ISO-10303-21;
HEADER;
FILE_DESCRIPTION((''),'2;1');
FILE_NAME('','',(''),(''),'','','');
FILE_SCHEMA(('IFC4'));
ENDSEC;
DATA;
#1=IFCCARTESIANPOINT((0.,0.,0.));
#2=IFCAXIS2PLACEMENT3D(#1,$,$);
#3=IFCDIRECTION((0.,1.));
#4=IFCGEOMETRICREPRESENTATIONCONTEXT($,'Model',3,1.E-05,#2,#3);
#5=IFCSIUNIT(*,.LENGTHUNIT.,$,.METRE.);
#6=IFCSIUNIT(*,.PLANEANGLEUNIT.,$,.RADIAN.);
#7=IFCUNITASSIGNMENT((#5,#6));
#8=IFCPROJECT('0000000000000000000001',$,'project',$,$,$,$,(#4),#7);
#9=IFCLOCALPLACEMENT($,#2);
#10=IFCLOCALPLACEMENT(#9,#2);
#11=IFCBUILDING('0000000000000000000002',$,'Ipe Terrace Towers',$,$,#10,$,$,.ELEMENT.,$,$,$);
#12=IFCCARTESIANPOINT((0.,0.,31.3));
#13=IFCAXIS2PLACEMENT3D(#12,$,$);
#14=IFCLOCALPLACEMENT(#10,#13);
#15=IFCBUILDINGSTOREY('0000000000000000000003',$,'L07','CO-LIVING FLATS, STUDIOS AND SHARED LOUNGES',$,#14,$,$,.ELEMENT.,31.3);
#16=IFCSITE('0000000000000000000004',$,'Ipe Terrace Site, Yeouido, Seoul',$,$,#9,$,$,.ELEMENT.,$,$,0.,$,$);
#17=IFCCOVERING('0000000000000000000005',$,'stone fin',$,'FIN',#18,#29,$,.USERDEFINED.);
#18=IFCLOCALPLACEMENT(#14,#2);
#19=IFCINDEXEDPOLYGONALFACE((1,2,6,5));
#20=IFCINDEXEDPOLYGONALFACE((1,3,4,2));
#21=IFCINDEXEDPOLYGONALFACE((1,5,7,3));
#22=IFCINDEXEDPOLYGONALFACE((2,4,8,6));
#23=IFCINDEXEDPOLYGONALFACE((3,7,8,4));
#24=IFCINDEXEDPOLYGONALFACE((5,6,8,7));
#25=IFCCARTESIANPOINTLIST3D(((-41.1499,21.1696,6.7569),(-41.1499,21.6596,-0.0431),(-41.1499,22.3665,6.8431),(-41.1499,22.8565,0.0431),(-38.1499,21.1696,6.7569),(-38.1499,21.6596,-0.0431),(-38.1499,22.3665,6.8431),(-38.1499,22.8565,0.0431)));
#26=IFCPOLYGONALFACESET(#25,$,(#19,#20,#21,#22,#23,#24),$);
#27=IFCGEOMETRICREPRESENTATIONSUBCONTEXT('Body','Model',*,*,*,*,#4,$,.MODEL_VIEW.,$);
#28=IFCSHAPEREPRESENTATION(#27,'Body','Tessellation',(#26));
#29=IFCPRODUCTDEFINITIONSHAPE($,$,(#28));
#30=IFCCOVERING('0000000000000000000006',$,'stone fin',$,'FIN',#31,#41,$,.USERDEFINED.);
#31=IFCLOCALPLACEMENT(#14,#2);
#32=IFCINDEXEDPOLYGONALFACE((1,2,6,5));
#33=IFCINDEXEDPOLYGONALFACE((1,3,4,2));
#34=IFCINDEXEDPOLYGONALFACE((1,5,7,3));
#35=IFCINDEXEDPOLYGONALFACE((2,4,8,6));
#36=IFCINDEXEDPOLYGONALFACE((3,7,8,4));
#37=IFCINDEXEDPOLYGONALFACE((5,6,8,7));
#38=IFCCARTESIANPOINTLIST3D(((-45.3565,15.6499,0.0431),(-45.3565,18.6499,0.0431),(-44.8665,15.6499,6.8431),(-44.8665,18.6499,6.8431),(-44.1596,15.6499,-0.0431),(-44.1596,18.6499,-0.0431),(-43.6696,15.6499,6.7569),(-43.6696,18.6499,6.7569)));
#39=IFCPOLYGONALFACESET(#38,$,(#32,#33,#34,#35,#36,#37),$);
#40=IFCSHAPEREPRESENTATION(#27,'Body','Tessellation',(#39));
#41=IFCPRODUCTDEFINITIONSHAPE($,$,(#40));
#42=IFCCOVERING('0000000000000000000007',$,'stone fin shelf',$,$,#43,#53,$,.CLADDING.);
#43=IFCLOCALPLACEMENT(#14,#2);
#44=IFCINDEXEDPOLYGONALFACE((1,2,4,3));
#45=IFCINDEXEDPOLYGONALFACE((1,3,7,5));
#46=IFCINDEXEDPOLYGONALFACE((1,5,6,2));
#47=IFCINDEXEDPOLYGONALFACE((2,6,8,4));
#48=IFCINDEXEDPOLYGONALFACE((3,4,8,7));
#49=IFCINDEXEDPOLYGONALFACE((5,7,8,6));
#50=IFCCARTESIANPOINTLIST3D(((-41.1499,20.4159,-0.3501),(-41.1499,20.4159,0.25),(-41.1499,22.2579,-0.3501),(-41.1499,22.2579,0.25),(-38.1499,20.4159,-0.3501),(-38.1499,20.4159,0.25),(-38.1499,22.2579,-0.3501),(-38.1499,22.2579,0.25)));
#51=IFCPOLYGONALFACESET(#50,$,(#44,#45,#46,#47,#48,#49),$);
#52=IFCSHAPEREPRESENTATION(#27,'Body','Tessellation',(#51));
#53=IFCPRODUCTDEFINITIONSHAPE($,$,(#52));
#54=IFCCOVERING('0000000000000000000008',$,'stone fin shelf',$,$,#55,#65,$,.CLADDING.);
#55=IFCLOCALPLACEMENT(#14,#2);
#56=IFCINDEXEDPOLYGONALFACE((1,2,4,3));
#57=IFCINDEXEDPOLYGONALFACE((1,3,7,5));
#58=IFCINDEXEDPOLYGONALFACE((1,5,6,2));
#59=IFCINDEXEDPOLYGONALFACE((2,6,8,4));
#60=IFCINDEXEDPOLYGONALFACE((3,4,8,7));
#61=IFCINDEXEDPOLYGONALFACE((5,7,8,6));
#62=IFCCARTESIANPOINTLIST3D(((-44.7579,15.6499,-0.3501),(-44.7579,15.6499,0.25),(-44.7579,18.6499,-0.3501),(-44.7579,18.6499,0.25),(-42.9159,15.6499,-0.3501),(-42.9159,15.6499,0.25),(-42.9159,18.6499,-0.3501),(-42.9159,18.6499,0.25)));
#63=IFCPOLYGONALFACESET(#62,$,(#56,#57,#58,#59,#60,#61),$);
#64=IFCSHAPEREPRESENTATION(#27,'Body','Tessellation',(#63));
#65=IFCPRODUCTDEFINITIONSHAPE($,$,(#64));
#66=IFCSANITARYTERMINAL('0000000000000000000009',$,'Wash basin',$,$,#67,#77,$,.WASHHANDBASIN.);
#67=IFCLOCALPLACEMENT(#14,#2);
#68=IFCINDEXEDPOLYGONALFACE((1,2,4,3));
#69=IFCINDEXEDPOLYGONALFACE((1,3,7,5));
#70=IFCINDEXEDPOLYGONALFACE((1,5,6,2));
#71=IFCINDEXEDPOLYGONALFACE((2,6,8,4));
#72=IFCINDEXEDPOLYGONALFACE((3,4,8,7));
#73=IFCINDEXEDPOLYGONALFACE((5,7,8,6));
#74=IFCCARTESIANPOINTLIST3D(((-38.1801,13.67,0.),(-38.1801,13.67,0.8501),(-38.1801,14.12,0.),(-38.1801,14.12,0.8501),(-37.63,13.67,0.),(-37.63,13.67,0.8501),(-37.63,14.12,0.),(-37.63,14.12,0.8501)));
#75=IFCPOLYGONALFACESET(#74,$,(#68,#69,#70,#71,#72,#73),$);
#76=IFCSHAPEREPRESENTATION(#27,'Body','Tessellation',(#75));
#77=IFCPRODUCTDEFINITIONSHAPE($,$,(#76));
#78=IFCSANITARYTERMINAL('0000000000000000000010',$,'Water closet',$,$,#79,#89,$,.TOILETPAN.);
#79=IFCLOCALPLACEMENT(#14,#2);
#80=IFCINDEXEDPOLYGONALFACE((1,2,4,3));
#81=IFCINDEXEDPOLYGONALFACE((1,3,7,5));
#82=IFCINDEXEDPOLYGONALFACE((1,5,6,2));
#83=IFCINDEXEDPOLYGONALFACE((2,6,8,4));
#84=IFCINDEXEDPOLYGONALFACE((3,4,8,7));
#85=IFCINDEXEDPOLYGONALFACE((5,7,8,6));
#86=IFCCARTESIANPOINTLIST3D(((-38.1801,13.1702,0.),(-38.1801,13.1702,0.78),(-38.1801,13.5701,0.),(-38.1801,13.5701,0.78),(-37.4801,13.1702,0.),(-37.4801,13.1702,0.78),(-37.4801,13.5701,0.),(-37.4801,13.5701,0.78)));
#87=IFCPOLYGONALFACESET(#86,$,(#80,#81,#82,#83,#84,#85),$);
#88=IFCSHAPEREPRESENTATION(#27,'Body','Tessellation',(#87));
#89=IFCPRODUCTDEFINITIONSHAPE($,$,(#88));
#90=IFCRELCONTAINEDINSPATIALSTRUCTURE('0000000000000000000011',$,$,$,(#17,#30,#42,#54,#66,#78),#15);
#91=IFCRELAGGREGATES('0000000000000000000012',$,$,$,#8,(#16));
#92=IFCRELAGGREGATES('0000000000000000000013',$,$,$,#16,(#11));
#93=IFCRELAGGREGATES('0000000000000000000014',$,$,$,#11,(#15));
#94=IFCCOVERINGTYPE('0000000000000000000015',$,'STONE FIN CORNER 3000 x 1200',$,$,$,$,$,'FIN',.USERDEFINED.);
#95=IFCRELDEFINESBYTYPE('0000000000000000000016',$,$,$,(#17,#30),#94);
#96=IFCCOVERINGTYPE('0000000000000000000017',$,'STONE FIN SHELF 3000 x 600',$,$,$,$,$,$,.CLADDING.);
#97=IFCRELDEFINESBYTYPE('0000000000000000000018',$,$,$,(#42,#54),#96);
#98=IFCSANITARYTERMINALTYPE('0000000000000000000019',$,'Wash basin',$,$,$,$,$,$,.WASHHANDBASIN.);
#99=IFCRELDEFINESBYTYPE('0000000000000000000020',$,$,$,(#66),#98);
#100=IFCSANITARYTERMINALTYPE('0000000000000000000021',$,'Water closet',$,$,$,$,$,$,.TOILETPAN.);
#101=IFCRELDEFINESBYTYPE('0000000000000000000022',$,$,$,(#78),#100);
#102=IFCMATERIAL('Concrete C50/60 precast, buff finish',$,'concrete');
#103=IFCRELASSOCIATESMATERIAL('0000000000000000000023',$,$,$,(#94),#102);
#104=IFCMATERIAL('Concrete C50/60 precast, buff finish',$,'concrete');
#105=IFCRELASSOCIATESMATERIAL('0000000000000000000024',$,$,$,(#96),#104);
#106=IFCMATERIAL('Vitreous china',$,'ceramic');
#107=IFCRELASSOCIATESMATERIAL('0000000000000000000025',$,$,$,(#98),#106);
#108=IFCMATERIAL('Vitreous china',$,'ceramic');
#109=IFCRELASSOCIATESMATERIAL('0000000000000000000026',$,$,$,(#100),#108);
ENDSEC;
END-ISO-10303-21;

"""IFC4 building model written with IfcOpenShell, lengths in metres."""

from ifc_helpers import new_model, si_unit, direction, frame, origin, origin_2d, place, context, subcontext, project, spatial, rectangle, extrude, material, material_profile, profile_set, type_object, element, save


model = new_model("IFC4")

# Units and contexts
model_context = context("Model", 3, precision=1e-05, world=origin(), true_north=direction((0.0, 1.0)))
body_context = subcontext(model_context, "Body", "Model", "MODEL_VIEW")
ifc_project = project(units=[si_unit("LENGTHUNIT", "METRE"), si_unit("PLANEANGLEUNIT", "RADIAN")], contexts=[model_context])

# Site, building, storey
site_placement = place(None, origin())
site = spatial("IfcSite", under=ifc_project, at=site_placement, Name="Ipe Terrace Site, Yeouido, Seoul", CompositionType="ELEMENT", RefElevation=0.0)
building_placement = place(site_placement, origin())
building = spatial("IfcBuilding", under=site, at=building_placement, Name="Ipe Terrace Towers", CompositionType="ELEMENT")
storey_placement = place(building_placement, frame((0.0, 0.0, 31.3)))
storey = spatial("IfcBuildingStorey", under=building, at=storey_placement, Name="L07", Description="CO-LIVING FLATS, STUDIOS AND SHARED LOUNGES", CompositionType="ELEMENT", Elevation=31.3)

# Coverings
ifc_material_1 = material(Name="Concrete C50/60 precast, buff finish", Category="concrete")
ifc_material_profile_1 = material_profile(ifc_material_1, rectangle(XDim=3.0, YDim=1.2, at=origin_2d()), Name="STONE FIN CORNER 3000 x 1200")
ifc_profile_set_1 = profile_set([ifc_material_profile_1], Name="Concrete C50/60 precast, buff finish")
covering_type_1 = type_object("IfcCoveringType", Name="STONE FIN CORNER 3000 x 1200", ElementType="FIN", PredefinedType="USERDEFINED", material=ifc_profile_set_1)
for number, where, z_axis, x_axis, name in (
    (1, (-39.6499, 22.2581, 0.0), (0.0, -0.071871, 0.997414), (-1.0, 0.0, 0.0), "stone fin"),
    (2, (-44.7581, 17.1499, 0.0), (0.071871, 0.0, 0.997414), (0.0, -1.0, 0.0), "stone fin"),
):
    element("IfcCovering", number, at=place(storey_placement, frame(where, z_axis=z_axis, x_axis=x_axis)), inside=storey, type_object=covering_type_1, Name=name, ObjectType="FIN", PredefinedType="USERDEFINED", context=body_context, shape_type="SweptSolid", body=[
        extrude(rectangle(XDim=3.0, YDim=1.2, at=origin_2d()), origin(), (0.0, 0.0, 1.0), 6.8176),
    ])
ifc_material_2 = material(Name="Concrete C50/60 precast, buff finish", Category="concrete")
covering_type_2 = type_object("IfcCoveringType", Name="STONE FIN SHELF 3000 x 600", PredefinedType="CLADDING", material=ifc_material_2)
for number, where, z_axis, x_axis, name in (
    (3, (-39.6499, 21.3369, -0.3501), (0.0, 0.0, 1.0), (-1.0, 0.0, 0.0), "stone fin shelf"),
    (4, (-43.8369, 17.1499, -0.3501), (0.0, 0.0, 1.0), (0.0, -1.0, 0.0), "stone fin shelf"),
):
    element("IfcCovering", number, at=place(storey_placement, frame(where, z_axis=z_axis, x_axis=x_axis)), inside=storey, type_object=covering_type_2, Name=name, PredefinedType="CLADDING", context=body_context, shape_type="SweptSolid", body=[
        extrude(rectangle(XDim=3.0, YDim=1.842, at=origin_2d()), origin(), (0.0, 0.0, 1.0), 0.6001),
    ])

# Sanitary terminals
ifc_material_3 = material(Name="Vitreous china", Category="ceramic")
sanitary_terminal_type_1 = type_object("IfcSanitaryTerminalType", Name="Wash basin", PredefinedType="WASHHANDBASIN", material=ifc_material_3)
sanitary_terminal_1_placement = place(storey_placement, frame((-37.905, 13.895, 0.0), z_axis=(0.0, 0.0, 1.0), x_axis=(1.0, 0.0, 0.0)))
element("IfcSanitaryTerminal", 5, at=sanitary_terminal_1_placement, inside=storey, type_object=sanitary_terminal_type_1, Name="Wash basin", PredefinedType="WASHHANDBASIN", context=body_context, shape_type="SweptSolid", body=[
    extrude(rectangle(XDim=0.55, YDim=0.45, at=origin_2d()), origin(), (0.0, 0.0, 1.0), 0.8501),
])
ifc_material_4 = material(Name="Vitreous china", Category="ceramic")
sanitary_terminal_type_2 = type_object("IfcSanitaryTerminalType", Name="Water closet", PredefinedType="TOILETPAN", material=ifc_material_4)
sanitary_terminal_2_placement = place(storey_placement, frame((-37.8301, 13.3701, 0.0), z_axis=(0.0, 0.0, 1.0), x_axis=(1.0, 0.0, 0.0)))
element("IfcSanitaryTerminal", 6, at=sanitary_terminal_2_placement, inside=storey, type_object=sanitary_terminal_type_2, Name="Water closet", PredefinedType="TOILETPAN", context=body_context, shape_type="SweptSolid", body=[
    extrude(rectangle(XDim=0.7, YDim=0.3999, at=origin_2d()), origin(), (0.0, 0.0, 1.0), 0.78),
])

save(model, "model.ifc")
